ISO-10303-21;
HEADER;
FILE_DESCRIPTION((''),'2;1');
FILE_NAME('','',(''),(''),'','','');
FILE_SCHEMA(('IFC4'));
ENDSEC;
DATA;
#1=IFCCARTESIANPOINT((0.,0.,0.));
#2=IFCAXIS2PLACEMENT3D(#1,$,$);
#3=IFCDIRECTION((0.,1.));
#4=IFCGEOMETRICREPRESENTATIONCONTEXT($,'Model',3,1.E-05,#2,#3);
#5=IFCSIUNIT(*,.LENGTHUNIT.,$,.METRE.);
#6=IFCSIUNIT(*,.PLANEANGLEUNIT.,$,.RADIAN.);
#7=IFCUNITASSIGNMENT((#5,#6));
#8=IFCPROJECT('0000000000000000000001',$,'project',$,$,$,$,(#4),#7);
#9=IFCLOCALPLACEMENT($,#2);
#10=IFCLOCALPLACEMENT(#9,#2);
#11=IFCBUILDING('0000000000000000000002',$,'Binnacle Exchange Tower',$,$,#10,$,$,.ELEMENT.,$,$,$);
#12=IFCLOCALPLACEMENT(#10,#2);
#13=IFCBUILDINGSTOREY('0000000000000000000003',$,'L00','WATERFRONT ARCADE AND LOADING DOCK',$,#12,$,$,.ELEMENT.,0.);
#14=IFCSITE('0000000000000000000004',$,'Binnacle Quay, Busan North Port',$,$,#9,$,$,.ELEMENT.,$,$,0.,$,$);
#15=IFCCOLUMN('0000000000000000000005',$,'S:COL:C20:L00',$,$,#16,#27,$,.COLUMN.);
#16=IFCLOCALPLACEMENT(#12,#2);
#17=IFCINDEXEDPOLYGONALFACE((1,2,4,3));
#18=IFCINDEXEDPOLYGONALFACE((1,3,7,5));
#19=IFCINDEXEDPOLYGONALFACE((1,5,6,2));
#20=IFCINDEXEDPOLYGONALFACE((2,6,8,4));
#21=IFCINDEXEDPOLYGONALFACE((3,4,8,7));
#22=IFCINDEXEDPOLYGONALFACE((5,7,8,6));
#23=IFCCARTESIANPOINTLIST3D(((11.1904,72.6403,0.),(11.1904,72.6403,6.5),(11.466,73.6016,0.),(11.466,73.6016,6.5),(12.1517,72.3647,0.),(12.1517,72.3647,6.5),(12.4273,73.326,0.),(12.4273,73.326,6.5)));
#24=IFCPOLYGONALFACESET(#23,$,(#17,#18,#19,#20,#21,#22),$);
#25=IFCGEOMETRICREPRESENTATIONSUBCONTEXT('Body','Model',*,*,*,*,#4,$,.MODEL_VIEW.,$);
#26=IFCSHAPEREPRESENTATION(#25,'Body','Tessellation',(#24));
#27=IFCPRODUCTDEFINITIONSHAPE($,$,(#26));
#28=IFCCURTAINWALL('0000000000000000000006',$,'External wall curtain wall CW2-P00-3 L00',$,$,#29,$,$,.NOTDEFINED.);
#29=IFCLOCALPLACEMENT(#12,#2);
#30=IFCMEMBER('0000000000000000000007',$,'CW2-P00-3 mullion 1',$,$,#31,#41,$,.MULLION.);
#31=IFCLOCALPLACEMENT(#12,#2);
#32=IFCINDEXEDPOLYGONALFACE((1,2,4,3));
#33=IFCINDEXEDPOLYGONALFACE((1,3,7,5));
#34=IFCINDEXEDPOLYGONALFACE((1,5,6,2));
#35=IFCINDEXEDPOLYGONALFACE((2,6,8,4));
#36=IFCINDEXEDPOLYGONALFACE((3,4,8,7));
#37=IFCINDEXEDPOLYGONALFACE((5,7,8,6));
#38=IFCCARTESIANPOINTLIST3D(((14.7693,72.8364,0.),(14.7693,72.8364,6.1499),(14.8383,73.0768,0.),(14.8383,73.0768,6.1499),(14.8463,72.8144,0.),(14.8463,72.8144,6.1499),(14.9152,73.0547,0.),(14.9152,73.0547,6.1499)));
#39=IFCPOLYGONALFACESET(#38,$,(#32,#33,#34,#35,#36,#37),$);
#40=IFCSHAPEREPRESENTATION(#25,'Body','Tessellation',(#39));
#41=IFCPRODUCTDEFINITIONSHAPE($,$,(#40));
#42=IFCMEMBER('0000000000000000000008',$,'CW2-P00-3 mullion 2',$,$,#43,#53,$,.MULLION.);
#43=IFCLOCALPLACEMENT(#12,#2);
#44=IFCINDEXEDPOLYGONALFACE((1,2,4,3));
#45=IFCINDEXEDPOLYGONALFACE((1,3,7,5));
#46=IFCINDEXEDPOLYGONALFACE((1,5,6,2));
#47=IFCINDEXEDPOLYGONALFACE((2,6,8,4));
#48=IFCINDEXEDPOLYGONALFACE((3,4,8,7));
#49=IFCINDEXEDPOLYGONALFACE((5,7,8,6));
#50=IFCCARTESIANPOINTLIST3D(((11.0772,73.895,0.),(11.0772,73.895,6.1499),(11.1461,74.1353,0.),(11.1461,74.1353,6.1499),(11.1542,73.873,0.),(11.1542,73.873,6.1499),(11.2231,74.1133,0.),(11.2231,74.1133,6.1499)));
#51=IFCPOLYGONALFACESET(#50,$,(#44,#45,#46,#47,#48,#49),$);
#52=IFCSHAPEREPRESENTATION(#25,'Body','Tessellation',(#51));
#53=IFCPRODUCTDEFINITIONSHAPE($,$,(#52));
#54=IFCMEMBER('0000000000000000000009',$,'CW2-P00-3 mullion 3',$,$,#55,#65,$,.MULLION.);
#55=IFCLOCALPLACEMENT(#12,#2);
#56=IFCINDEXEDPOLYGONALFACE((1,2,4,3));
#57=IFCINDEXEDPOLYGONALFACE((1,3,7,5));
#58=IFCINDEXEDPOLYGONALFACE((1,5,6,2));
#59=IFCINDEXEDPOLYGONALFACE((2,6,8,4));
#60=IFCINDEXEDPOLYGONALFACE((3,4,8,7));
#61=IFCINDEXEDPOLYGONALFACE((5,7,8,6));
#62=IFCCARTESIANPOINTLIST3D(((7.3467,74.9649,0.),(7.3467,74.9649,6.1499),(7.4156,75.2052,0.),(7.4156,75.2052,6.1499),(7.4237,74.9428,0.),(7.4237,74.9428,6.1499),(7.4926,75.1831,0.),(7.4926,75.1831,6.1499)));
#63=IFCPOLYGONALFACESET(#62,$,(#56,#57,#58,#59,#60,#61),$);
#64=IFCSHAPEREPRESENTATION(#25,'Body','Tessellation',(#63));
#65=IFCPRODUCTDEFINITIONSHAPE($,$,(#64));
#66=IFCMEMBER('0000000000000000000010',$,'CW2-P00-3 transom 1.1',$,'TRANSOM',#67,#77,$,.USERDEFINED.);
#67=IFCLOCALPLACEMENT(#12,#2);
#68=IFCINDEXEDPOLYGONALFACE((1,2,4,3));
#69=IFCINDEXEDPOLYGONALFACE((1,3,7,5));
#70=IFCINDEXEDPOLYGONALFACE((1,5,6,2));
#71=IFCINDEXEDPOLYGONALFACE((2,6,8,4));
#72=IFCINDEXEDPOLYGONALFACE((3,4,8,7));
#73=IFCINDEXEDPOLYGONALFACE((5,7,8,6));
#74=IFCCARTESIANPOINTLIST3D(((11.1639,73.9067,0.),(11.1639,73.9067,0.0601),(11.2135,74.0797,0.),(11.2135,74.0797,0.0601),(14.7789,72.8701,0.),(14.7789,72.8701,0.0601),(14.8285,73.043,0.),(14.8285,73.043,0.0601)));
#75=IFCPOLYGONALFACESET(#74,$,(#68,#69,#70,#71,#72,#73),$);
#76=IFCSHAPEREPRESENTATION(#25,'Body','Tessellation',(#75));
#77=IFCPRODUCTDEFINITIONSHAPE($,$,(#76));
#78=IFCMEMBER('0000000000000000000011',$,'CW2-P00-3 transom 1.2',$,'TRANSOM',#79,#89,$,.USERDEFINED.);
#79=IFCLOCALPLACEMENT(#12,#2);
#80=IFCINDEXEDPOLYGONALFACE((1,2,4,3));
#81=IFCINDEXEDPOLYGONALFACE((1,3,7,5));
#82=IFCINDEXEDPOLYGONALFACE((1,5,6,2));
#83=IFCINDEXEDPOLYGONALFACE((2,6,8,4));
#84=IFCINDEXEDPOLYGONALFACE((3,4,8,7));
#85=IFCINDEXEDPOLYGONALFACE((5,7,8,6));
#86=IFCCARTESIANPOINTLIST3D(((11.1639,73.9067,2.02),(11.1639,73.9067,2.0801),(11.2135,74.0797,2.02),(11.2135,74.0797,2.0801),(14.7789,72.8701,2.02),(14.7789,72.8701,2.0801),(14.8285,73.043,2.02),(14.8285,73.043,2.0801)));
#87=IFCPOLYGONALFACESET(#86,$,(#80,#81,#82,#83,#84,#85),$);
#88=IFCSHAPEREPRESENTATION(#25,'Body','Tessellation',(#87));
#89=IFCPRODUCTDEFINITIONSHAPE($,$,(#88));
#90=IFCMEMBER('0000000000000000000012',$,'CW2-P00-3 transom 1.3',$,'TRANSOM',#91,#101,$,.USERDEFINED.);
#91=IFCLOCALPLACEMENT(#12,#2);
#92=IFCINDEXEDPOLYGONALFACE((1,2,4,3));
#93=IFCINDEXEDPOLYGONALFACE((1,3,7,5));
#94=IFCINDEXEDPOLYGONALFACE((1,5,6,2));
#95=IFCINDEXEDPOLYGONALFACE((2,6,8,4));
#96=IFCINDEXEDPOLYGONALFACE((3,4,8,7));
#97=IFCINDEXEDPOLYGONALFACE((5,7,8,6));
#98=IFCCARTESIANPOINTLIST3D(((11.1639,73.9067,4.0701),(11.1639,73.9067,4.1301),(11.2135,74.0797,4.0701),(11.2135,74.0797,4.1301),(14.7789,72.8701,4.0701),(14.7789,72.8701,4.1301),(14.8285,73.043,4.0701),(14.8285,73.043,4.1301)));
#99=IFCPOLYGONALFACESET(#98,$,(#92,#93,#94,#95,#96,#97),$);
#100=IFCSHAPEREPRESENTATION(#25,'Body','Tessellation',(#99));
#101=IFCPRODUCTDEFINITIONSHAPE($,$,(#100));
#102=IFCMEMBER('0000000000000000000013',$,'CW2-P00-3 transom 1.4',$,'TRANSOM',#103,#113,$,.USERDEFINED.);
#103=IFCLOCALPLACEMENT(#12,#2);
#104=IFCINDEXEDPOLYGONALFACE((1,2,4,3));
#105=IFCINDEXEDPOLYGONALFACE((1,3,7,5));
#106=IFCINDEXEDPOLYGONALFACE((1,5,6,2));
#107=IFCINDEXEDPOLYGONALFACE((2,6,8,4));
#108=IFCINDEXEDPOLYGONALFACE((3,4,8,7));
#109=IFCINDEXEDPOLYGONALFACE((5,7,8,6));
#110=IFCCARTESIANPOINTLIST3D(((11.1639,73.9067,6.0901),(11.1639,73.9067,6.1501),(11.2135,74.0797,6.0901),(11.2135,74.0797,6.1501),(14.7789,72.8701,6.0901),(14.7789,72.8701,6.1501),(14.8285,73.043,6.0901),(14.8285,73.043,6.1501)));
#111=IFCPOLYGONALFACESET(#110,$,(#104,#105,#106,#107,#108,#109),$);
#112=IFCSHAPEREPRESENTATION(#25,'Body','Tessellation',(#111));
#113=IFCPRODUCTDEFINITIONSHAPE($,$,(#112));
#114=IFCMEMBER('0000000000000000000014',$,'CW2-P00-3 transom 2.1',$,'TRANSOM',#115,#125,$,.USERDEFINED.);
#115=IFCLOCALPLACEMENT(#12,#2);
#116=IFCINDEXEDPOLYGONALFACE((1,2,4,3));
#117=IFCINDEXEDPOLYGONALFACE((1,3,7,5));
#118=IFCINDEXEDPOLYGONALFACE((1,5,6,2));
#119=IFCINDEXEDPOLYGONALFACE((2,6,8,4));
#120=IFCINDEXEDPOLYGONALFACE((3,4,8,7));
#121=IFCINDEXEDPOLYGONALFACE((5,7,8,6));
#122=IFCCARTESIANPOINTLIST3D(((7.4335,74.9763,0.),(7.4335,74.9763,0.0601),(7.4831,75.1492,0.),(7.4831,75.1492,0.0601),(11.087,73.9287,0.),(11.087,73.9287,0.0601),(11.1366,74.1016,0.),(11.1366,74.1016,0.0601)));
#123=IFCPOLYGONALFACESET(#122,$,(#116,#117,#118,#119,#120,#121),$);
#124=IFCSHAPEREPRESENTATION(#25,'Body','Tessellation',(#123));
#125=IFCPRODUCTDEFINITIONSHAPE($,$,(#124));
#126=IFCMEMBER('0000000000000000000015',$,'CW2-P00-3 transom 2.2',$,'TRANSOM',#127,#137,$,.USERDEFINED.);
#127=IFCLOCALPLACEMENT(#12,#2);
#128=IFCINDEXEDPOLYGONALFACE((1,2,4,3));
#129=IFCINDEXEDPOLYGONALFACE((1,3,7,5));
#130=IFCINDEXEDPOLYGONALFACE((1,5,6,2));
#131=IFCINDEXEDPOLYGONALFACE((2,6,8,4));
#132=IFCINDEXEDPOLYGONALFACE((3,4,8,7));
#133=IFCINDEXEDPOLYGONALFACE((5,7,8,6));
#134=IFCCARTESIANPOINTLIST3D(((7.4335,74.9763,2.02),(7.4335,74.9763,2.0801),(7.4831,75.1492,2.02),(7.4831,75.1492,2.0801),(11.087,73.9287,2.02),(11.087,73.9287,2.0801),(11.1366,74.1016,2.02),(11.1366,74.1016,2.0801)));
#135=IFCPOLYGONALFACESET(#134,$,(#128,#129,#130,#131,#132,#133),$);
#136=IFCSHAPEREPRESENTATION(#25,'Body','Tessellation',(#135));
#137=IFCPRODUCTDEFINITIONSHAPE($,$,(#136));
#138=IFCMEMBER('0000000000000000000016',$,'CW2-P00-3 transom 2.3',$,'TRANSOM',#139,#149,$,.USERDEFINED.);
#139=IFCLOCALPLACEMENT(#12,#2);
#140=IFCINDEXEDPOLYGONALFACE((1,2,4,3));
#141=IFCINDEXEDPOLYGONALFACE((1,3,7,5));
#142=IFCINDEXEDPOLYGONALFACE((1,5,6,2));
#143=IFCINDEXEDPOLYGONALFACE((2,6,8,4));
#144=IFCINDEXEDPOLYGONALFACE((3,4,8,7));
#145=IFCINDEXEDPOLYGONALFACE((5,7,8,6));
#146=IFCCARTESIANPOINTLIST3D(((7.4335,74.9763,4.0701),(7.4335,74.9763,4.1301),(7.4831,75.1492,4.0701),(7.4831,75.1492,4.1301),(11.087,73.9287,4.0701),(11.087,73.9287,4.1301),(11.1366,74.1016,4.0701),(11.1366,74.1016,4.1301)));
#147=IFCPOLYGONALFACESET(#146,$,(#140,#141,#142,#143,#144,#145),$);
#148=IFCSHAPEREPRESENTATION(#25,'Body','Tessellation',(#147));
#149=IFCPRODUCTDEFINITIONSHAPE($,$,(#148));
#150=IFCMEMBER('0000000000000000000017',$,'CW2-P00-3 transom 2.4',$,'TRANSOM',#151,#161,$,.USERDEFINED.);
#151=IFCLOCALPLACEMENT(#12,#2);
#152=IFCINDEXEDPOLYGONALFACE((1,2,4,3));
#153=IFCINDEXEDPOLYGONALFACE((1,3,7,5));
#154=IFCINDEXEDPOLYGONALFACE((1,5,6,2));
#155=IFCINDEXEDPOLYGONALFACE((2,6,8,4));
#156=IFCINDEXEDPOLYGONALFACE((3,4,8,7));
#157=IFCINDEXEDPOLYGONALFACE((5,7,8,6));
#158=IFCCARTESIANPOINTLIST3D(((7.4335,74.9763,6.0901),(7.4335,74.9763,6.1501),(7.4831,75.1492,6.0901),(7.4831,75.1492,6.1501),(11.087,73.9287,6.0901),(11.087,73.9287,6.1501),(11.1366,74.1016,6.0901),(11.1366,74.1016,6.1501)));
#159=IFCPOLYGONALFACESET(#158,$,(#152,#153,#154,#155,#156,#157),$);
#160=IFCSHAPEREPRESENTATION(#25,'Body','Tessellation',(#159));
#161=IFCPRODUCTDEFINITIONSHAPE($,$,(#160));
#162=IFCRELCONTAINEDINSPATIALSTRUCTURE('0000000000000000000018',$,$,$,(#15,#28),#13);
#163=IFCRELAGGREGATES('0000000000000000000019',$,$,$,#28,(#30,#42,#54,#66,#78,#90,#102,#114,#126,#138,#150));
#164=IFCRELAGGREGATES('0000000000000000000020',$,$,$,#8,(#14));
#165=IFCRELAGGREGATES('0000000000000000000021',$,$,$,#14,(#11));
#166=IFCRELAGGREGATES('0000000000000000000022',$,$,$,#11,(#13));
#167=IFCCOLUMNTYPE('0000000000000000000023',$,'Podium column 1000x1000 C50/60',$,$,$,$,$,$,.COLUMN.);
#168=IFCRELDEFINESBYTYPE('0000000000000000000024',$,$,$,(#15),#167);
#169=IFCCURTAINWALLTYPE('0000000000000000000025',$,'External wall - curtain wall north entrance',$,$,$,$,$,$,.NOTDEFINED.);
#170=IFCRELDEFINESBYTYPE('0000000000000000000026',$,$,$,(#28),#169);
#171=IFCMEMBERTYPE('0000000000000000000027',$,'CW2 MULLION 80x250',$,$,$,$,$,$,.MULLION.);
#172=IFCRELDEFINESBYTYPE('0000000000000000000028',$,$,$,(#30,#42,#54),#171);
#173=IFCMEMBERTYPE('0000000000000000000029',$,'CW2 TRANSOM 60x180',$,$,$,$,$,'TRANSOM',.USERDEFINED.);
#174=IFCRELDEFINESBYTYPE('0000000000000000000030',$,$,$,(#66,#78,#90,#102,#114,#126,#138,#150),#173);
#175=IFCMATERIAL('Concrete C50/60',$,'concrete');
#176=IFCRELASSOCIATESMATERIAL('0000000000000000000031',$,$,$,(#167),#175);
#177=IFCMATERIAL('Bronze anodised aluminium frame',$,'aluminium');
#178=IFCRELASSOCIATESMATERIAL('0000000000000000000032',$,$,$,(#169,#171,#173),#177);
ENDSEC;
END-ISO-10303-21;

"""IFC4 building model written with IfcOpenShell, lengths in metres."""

from ifc_helpers import new_model, si_unit, direction, frame, origin, origin_2d, place, context, subcontext, project, spatial, rectangle, extrude, material, material_profile, profile_set, type_object, element, aggregate, save


model = new_model("IFC4")

# Units and contexts
model_context = context("Model", 3, precision=1e-05, world=origin(), true_north=direction((0.0, 1.0)))
body_context = subcontext(model_context, "Body", "Model", "MODEL_VIEW")
ifc_project = project(units=[si_unit("LENGTHUNIT", "METRE"), si_unit("PLANEANGLEUNIT", "RADIAN")], contexts=[model_context])

# Site, building, storey
site_placement = place(None, origin())
site = spatial("IfcSite", under=ifc_project, at=site_placement, Name="Binnacle Quay, Busan North Port", CompositionType="ELEMENT", RefElevation=0.0)
building_placement = place(site_placement, origin())
building = spatial("IfcBuilding", under=site, at=building_placement, Name="Binnacle Exchange Tower", CompositionType="ELEMENT")
storey_placement = place(building_placement, origin())
storey = spatial("IfcBuildingStorey", under=building, at=storey_placement, Name="L00", Description="WATERFRONT ARCADE AND LOADING DOCK", CompositionType="ELEMENT", Elevation=0.0)

# Column
ifc_material_1 = material(Name="Concrete C50/60", Category="concrete")
ifc_material_profile_1 = material_profile(ifc_material_1, rectangle(XDim=1.0, YDim=1.0, at=origin_2d()), Name="Podium column 1000x1000 C50/60")
ifc_profile_set_1 = profile_set([ifc_material_profile_1], Name="Concrete C50/60")
column_type = type_object("IfcColumnType", Name="Podium column 1000x1000 C50/60", PredefinedType="COLUMN", material=ifc_profile_set_1)
column_placement = place(storey_placement, frame((11.8088, 72.9832, 0.0), z_axis=(0.0, 0.0, 1.0), x_axis=(-0.961262, 0.275637, 0.0)))
element("IfcColumn", 1, at=column_placement, inside=storey, type_object=column_type, Name="S:COL:C20:L00", PredefinedType="COLUMN", context=body_context, shape_type="SweptSolid", body=[
    extrude(rectangle(XDim=1.0, YDim=1.0, at=origin_2d()), origin(), (0.0, 0.0, 1.0), 6.5),
])

# Curtain wall, members
ifc_material_2 = material(Name="Bronze anodised aluminium frame", Category="aluminium")
curtain_wall_type = type_object("IfcCurtainWallType", Name="External wall - curtain wall north entrance", PredefinedType="NOTDEFINED", material=ifc_material_2)
curtain_wall_placement = place(storey_placement, origin())
curtain_wall = element("IfcCurtainWall", 2, at=curtain_wall_placement, inside=storey, type_object=curtain_wall_type, Name="External wall curtain wall CW2-P00-3 L00", PredefinedType="NOTDEFINED")
ifc_material_profile_2 = material_profile(ifc_material_2, rectangle(XDim=0.25, YDim=0.0801, at=origin_2d()), Name="AL 80x250")
ifc_profile_set_2 = profile_set([ifc_material_profile_2], Name="Bronze anodised aluminium frame")
member_type_1 = type_object("IfcMemberType", Name="CW2 MULLION 80x250", PredefinedType="MULLION", material=ifc_profile_set_2)
member_1_placement = place(storey_placement, frame((14.8423, 72.9456, 0.0), z_axis=(0.0, 0.0, 1.0), x_axis=(-0.275637, -0.961262, 0.0)))
member_1 = element("IfcMember", 3, at=member_1_placement, type_object=member_type_1, Name="CW2-P00-3 mullion 1", PredefinedType="MULLION", context=body_context, shape_type="SweptSolid", body=[
    extrude(rectangle(XDim=0.25, YDim=0.0801, at=origin_2d()), origin(), (0.0, 0.0, 1.0), 6.1499),
])
member_2_placement = place(storey_placement, frame((11.1501, 74.0042, 0.0), z_axis=(0.0, 0.0, 1.0), x_axis=(-0.275637, -0.961262, 0.0)))
member_2 = element("IfcMember", 4, at=member_2_placement, type_object=member_type_1, Name="CW2-P00-3 mullion 2", PredefinedType="MULLION", context=body_context, shape_type="SweptSolid", body=[
    extrude(rectangle(XDim=0.25, YDim=0.0801, at=origin_2d()), origin(), (0.0, 0.0, 1.0), 6.1499),
])
member_3_placement = place(storey_placement, frame((7.4197, 75.074, 0.0), z_axis=(0.0, 0.0, 1.0), x_axis=(-0.275637, -0.961262, 0.0)))
member_3 = element("IfcMember", 5, at=member_3_placement, type_object=member_type_1, Name="CW2-P00-3 mullion 3", PredefinedType="MULLION", context=body_context, shape_type="SweptSolid", body=[
    extrude(rectangle(XDim=0.25, YDim=0.0801, at=origin_2d()), origin(), (0.0, 0.0, 1.0), 6.1499),
])
ifc_material_profile_3 = material_profile(ifc_material_2, rectangle(XDim=0.1799, YDim=0.0601, at=origin_2d()), Name="AL 180x60")
ifc_profile_set_3 = profile_set([ifc_material_profile_3], Name="Bronze anodised aluminium frame")
member_type_2 = type_object("IfcMemberType", Name="CW2 TRANSOM 60x180", ElementType="TRANSOM", PredefinedType="USERDEFINED", material=ifc_profile_set_3)
member_4_placement = place(storey_placement, frame((14.8037, 72.9565, 0.03), z_axis=(-0.961259, 0.275647, 0.0), x_axis=(-0.275647, -0.961259, 0.0)))
member_4 = element("IfcMember", 6, at=member_4_placement, type_object=member_type_2, Name="CW2-P00-3 transom 1.1", ObjectType="TRANSOM", PredefinedType="USERDEFINED", context=body_context, shape_type="SweptSolid", body=[
    extrude(rectangle(XDim=0.1799, YDim=0.0601, at=origin_2d()), origin(), (0.0, 0.0, 1.0), 3.7607),
])
member_5_placement = place(storey_placement, frame((14.8037, 72.9565, 2.05), z_axis=(-0.961259, 0.275647, 0.0), x_axis=(-0.275647, -0.961259, 0.0)))
member_5 = element("IfcMember", 7, at=member_5_placement, type_object=member_type_2, Name="CW2-P00-3 transom 1.2", ObjectType="TRANSOM", PredefinedType="USERDEFINED", context=body_context, shape_type="SweptSolid", body=[
    extrude(rectangle(XDim=0.1799, YDim=0.0601, at=origin_2d()), origin(), (0.0, 0.0, 1.0), 3.7607),
])
member_6_placement = place(storey_placement, frame((14.8037, 72.9565, 4.1001), z_axis=(-0.961259, 0.275647, 0.0), x_axis=(-0.275647, -0.961259, 0.0)))
member_6 = element("IfcMember", 8, at=member_6_placement, type_object=member_type_2, Name="CW2-P00-3 transom 1.3", ObjectType="TRANSOM", PredefinedType="USERDEFINED", context=body_context, shape_type="SweptSolid", body=[
    extrude(rectangle(XDim=0.1799, YDim=0.0601, at=origin_2d()), origin(), (0.0, 0.0, 1.0), 3.7607),
])
member_7_placement = place(storey_placement, frame((14.8037, 72.9565, 6.1201), z_axis=(-0.961259, 0.275647, 0.0), x_axis=(-0.275647, -0.961259, 0.0)))
member_7 = element("IfcMember", 9, at=member_7_placement, type_object=member_type_2, Name="CW2-P00-3 transom 1.4", ObjectType="TRANSOM", PredefinedType="USERDEFINED", context=body_context, shape_type="SweptSolid", body=[
    extrude(rectangle(XDim=0.1799, YDim=0.0601, at=origin_2d()), origin(), (0.0, 0.0, 1.0), 3.7607),
])
member_8_placement = place(storey_placement, frame((11.1118, 74.0151, 0.03), z_axis=(-0.961264, 0.275629, 0.0), x_axis=(-0.275629, -0.961264, 0.0)))
member_8 = element("IfcMember", 10, at=member_8_placement, type_object=member_type_2, Name="CW2-P00-3 transom 2.1", ObjectType="TRANSOM", PredefinedType="USERDEFINED", context=body_context, shape_type="SweptSolid", body=[
    extrude(rectangle(XDim=0.1799, YDim=0.0601, at=origin_2d()), origin(), (0.0, 0.0, 1.0), 3.8008),
])
member_9_placement = place(storey_placement, frame((11.1118, 74.0151, 2.05), z_axis=(-0.961264, 0.275629, 0.0), x_axis=(-0.275629, -0.961264, 0.0)))
member_9 = element("IfcMember", 11, at=member_9_placement, type_object=member_type_2, Name="CW2-P00-3 transom 2.2", ObjectType="TRANSOM", PredefinedType="USERDEFINED", context=body_context, shape_type="SweptSolid", body=[
    extrude(rectangle(XDim=0.1799, YDim=0.0601, at=origin_2d()), origin(), (0.0, 0.0, 1.0), 3.8008),
])
member_10_placement = place(storey_placement, frame((11.1118, 74.0151, 4.1001), z_axis=(-0.961264, 0.275629, 0.0), x_axis=(-0.275629, -0.961264, 0.0)))
member_10 = element("IfcMember", 12, at=member_10_placement, type_object=member_type_2, Name="CW2-P00-3 transom 2.3", ObjectType="TRANSOM", PredefinedType="USERDEFINED", context=body_context, shape_type="SweptSolid", body=[
    extrude(rectangle(XDim=0.1799, YDim=0.0601, at=origin_2d()), origin(), (0.0, 0.0, 1.0), 3.8008),
])
member_11_placement = place(storey_placement, frame((11.1118, 74.0151, 6.1201), z_axis=(-0.961264, 0.275629, 0.0), x_axis=(-0.275629, -0.961264, 0.0)))
member_11 = element("IfcMember", 13, at=member_11_placement, type_object=member_type_2, Name="CW2-P00-3 transom 2.4", ObjectType="TRANSOM", PredefinedType="USERDEFINED", context=body_context, shape_type="SweptSolid", body=[
    extrude(rectangle(XDim=0.1799, YDim=0.0601, at=origin_2d()), origin(), (0.0, 0.0, 1.0), 3.8008),
])

aggregate(curtain_wall, [member_1, member_2, member_3, member_4, member_5, member_6, member_7, member_8, member_9, member_10, member_11])

save(model, "model.ifc")
